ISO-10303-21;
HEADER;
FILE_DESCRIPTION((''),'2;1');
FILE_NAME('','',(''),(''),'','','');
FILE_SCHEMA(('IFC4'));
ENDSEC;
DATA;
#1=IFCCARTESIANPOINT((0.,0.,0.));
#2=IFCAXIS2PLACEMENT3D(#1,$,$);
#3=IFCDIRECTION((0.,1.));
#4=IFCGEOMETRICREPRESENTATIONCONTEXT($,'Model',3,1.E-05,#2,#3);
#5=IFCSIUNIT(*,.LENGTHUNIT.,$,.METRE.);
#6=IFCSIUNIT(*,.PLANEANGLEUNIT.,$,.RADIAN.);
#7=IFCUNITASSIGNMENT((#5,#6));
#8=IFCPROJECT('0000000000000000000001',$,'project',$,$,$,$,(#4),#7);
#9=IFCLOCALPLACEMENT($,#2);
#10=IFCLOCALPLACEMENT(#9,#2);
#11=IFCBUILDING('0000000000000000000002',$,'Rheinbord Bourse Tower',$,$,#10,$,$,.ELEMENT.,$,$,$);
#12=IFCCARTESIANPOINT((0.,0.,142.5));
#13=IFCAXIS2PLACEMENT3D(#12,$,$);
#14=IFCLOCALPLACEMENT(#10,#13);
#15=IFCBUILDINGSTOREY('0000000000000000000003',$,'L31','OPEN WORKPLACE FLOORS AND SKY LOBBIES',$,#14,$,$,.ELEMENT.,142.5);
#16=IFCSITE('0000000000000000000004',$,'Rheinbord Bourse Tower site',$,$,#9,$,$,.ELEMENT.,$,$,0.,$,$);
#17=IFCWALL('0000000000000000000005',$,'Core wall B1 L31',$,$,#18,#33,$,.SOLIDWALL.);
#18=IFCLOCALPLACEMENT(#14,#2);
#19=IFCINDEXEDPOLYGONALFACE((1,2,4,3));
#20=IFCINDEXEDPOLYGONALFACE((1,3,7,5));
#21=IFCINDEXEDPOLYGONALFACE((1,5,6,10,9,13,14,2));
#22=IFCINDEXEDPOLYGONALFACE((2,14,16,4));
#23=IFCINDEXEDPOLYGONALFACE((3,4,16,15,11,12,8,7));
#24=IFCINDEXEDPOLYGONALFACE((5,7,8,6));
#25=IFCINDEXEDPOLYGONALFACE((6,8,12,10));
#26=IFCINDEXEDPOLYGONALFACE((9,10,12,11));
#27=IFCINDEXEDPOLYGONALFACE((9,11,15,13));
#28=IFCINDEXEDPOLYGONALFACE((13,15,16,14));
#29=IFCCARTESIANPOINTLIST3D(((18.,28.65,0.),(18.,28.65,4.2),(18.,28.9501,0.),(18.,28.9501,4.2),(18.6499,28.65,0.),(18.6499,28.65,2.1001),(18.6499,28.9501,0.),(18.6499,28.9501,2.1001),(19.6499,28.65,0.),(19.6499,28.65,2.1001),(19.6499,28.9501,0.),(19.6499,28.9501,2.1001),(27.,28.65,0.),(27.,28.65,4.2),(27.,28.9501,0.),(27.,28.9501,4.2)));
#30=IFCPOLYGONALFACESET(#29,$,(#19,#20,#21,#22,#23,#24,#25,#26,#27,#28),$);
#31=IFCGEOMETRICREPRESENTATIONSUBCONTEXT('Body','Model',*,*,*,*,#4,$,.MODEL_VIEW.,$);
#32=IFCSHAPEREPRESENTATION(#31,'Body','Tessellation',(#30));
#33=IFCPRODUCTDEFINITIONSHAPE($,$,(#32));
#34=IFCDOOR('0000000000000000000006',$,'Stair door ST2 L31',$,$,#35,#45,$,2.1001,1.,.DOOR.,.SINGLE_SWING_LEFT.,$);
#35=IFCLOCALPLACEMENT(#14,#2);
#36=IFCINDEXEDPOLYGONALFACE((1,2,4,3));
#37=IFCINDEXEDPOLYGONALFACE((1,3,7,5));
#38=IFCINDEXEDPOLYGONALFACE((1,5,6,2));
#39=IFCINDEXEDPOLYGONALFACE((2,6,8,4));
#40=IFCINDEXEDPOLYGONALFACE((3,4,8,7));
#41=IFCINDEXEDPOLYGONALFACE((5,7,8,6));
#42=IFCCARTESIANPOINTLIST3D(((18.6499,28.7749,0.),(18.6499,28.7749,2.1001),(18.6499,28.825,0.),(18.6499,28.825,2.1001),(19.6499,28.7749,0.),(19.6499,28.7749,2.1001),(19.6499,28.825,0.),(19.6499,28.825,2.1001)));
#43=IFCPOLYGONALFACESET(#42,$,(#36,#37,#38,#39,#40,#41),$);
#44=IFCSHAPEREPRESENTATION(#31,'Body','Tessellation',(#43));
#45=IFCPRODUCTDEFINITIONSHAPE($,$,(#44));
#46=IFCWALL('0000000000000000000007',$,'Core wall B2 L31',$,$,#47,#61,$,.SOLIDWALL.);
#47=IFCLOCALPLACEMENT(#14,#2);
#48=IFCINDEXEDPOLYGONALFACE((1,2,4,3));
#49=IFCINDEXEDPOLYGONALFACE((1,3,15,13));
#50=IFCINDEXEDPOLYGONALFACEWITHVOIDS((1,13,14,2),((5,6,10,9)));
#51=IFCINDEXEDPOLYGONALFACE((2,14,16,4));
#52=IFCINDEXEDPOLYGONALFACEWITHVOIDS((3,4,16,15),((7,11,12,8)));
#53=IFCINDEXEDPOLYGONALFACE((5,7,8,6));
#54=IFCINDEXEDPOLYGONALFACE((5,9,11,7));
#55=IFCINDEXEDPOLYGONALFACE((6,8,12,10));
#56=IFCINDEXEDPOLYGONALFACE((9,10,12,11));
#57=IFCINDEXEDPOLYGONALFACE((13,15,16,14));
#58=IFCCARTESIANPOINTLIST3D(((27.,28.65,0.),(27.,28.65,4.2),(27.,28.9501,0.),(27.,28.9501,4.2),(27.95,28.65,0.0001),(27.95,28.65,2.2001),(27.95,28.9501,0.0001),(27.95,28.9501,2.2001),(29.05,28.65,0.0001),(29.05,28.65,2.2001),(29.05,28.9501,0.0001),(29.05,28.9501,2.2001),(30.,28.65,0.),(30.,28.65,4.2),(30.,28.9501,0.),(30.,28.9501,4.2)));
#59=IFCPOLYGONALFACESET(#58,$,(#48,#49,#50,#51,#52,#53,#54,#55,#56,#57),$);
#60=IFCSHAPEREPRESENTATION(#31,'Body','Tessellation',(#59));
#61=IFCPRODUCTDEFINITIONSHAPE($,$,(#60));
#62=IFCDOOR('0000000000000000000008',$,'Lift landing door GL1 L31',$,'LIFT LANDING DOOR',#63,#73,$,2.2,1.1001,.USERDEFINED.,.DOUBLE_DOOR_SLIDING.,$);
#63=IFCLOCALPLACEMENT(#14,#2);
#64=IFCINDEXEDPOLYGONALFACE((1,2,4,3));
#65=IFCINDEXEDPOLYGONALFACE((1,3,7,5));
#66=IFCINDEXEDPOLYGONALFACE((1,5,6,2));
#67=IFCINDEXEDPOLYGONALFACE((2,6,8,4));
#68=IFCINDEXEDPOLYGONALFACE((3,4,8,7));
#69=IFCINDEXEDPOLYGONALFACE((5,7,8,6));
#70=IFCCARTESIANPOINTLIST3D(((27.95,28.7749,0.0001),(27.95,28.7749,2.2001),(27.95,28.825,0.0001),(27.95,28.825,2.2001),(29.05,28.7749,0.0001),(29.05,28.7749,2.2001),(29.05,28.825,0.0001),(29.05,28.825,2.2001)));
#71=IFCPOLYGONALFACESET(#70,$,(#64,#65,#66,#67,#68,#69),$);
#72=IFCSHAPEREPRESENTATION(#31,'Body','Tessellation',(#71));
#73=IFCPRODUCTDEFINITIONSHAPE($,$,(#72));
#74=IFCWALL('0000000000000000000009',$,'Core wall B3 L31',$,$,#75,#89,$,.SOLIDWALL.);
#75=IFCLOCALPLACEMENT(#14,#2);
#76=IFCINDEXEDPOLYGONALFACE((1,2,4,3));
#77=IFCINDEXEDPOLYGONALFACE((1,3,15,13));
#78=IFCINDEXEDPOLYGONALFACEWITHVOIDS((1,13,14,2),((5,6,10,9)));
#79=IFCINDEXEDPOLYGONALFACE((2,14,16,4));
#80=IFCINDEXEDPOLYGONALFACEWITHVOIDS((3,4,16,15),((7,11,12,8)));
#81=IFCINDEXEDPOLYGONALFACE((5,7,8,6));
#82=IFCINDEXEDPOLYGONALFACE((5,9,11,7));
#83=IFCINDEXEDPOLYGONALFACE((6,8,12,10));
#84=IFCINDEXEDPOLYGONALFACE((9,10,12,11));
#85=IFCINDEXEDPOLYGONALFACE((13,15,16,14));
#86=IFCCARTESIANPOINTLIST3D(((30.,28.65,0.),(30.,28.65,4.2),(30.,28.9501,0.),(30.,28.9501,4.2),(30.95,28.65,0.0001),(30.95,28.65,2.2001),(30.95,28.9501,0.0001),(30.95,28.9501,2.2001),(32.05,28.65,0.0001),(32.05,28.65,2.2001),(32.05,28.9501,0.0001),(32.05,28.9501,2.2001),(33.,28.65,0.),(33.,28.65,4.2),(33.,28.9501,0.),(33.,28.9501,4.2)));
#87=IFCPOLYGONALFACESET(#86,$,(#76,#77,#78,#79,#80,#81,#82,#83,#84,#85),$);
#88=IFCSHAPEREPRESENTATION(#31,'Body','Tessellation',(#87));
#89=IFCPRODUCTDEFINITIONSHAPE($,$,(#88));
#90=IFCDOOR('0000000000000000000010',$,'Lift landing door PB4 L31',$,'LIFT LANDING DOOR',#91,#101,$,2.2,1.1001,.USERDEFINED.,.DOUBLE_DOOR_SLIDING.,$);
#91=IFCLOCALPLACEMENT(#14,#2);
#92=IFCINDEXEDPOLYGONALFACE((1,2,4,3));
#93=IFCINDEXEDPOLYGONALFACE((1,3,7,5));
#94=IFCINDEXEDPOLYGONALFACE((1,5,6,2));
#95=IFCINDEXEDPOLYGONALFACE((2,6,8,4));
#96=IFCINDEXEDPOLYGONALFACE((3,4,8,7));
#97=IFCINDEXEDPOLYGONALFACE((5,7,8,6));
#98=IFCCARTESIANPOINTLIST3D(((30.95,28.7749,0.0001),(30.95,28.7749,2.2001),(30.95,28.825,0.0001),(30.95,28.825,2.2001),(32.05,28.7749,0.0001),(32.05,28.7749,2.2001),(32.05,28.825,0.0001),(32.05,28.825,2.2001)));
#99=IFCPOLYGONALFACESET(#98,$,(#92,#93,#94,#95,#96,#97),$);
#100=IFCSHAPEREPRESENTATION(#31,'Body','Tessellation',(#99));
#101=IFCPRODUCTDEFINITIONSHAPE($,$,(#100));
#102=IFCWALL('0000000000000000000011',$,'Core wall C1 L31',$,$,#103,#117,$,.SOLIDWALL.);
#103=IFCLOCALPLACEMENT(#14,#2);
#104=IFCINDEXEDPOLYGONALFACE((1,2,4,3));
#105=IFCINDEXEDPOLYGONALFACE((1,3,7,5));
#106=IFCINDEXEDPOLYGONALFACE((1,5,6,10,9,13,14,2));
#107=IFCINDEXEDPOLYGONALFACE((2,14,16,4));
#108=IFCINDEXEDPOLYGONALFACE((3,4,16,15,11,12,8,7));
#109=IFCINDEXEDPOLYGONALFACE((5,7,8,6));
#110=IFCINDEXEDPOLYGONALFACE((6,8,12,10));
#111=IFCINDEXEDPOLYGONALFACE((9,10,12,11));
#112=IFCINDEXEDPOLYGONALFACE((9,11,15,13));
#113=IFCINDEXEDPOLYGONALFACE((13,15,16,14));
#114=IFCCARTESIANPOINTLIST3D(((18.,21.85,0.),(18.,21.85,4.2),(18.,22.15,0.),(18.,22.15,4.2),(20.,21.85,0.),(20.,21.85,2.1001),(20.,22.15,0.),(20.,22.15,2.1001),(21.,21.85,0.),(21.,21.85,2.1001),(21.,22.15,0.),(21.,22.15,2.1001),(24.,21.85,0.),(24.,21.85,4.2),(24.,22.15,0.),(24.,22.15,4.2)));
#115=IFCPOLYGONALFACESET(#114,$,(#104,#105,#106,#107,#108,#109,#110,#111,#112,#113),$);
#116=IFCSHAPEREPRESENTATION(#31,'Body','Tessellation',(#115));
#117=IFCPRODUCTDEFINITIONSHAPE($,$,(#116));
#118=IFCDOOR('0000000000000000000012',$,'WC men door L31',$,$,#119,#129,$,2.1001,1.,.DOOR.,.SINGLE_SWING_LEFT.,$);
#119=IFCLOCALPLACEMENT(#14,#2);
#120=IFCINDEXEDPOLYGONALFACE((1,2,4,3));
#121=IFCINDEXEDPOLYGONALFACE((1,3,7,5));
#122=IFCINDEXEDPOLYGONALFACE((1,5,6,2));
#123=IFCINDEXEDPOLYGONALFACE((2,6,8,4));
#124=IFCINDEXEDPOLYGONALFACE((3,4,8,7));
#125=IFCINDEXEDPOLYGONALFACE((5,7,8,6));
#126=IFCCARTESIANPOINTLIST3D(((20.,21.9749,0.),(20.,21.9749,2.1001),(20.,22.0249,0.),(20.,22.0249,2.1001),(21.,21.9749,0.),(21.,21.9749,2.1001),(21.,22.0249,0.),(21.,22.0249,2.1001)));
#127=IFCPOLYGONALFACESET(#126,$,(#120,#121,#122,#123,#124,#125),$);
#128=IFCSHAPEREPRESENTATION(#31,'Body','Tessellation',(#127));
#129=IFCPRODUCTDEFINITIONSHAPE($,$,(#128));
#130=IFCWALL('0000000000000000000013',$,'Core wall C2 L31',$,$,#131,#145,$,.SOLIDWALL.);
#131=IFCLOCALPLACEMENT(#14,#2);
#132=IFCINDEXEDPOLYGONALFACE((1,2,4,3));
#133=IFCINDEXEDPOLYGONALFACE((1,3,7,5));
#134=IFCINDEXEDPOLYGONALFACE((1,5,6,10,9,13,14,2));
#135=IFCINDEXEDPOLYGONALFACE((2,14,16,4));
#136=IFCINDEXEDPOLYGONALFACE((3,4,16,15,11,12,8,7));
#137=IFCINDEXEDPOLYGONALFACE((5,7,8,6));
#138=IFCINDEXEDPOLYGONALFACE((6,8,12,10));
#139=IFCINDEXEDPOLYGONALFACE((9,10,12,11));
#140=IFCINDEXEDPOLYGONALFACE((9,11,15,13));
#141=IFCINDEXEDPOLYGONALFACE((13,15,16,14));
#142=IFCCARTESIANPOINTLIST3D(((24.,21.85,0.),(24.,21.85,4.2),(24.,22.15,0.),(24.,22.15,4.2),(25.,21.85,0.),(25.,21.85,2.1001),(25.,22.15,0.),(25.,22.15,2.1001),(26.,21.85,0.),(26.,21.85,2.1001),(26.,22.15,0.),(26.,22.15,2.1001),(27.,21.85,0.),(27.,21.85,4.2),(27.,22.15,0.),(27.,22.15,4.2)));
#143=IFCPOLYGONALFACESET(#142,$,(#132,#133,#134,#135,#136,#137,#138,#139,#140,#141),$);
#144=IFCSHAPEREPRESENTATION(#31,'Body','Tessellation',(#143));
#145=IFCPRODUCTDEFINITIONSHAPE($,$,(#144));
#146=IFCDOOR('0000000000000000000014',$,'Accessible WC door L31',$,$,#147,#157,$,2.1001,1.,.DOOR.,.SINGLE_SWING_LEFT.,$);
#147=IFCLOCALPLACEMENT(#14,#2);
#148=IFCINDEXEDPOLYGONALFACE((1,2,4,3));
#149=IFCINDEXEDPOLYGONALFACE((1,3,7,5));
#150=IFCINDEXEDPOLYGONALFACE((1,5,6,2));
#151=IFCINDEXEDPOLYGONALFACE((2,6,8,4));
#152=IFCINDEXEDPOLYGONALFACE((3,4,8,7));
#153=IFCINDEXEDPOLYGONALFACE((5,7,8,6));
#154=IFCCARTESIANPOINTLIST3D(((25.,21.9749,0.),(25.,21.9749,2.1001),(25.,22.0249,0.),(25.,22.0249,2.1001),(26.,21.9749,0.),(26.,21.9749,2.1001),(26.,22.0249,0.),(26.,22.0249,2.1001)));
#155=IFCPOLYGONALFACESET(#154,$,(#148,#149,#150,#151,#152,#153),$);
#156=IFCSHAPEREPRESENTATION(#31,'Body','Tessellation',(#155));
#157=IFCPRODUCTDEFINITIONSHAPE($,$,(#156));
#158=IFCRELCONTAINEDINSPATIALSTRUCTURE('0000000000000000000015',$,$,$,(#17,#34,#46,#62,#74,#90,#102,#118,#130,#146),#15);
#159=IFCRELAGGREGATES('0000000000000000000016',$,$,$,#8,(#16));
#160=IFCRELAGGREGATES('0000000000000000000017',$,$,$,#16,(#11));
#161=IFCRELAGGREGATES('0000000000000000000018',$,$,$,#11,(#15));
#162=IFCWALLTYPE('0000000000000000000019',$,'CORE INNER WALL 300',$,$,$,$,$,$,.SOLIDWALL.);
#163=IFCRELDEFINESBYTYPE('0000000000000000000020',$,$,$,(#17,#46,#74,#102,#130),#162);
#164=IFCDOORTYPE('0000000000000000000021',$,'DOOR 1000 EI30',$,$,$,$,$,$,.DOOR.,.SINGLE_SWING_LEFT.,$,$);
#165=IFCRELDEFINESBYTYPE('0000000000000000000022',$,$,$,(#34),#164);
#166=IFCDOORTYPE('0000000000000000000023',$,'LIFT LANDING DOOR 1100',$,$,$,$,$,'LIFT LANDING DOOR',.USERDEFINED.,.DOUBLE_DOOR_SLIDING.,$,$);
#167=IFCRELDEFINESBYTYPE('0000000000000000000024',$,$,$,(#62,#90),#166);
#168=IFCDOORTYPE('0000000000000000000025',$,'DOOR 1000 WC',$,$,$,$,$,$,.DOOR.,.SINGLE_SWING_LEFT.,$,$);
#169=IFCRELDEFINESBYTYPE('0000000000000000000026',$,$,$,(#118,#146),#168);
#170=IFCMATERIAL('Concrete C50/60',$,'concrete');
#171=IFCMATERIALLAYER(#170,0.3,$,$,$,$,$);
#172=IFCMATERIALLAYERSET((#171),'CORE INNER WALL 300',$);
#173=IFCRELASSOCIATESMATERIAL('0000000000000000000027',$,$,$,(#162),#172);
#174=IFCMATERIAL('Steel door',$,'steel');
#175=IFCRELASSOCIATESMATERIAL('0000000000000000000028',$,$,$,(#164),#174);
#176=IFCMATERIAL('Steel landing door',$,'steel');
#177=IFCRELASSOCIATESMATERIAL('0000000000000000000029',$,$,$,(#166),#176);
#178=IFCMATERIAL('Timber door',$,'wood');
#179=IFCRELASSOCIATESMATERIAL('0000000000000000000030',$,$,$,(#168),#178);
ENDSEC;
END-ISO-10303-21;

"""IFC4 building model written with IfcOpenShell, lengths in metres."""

from ifc_helpers import new_model, si_unit, direction, frame, frame_2d, origin, place, context, subcontext, project, spatial, rectangle, extrude, material, layer, layer_set, type_object, element, fill, save


model = new_model("IFC4")

# Units and contexts
model_context = context("Model", 3, precision=1e-05, world=origin(), true_north=direction((0.0, 1.0)))
body_context = subcontext(model_context, "Body", "Model", "MODEL_VIEW")
ifc_project = project(units=[si_unit("LENGTHUNIT", "METRE"), si_unit("PLANEANGLEUNIT", "RADIAN")], contexts=[model_context])

# Site, building, storey
site_placement = place(None, origin())
site = spatial("IfcSite", under=ifc_project, at=site_placement, Name="Rheinbord Bourse Tower site", CompositionType="ELEMENT", RefElevation=0.0)
building_placement = place(site_placement, origin())
building = spatial("IfcBuilding", under=site, at=building_placement, Name="Rheinbord Bourse Tower", CompositionType="ELEMENT")
storey_placement = place(building_placement, frame((0.0, 0.0, 142.5)))
storey = spatial("IfcBuildingStorey", under=building, at=storey_placement, Name="L31", Description="OPEN WORKPLACE FLOORS AND SKY LOBBIES", CompositionType="ELEMENT", Elevation=142.5)

# Walls, openings, doors
ifc_material_1 = material(Name="Concrete C50/60", Category="concrete")
ifc_layer_1 = layer(ifc_material_1, 0.3)
ifc_layer_set_1 = layer_set([ifc_layer_1], Name="CORE INNER WALL 300")
wall_type_1 = type_object("IfcWallType", Name="CORE INNER WALL 300", PredefinedType="SOLIDWALL", material=ifc_layer_set_1)
wall_1_placement = place(storey_placement, frame((18.0, 28.8, 0.0), z_axis=(0.0, 0.0, 1.0), x_axis=(1.0, 0.0, 0.0)))
wall_1 = element("IfcWall", 1, at=wall_1_placement, inside=storey, type_object=wall_type_1, Name="Core wall B1 L31", PredefinedType="SOLIDWALL", context=body_context, shape_type="SweptSolid", body=[
    extrude(rectangle(XDim=9.0, YDim=0.3, at=frame_2d((4.5, 0.0))), origin(), (0.0, 0.0, 1.0), 4.2),
])
opening_1_placement = place(wall_1_placement, frame((0.6499, 0.0, 0.0)))
opening_1 = element("IfcOpeningElement", 2, at=opening_1_placement, cuts=wall_1, PredefinedType="OPENING", context=body_context, shape_type="SweptSolid", body=[
    extrude(rectangle(XDim=1.0, YDim=2.1001, at=frame_2d((0.5, 1.05))), frame((0.0, 0.1599, 0.0), z_axis=(0.0, -1.0, 0.0), x_axis=(1.0, 0.0, 0.0)), (0.0, 0.0, 1.0), 0.3201),
])
ifc_material_2 = material(Name="Steel door", Category="steel")
door_type_1 = type_object("IfcDoorType", Name="DOOR 1000 EI30", OperationType="SINGLE_SWING_LEFT", PredefinedType="DOOR", material=ifc_material_2)
door_1_placement = place(opening_1_placement, origin())
door_1 = element("IfcDoor", 3, at=door_1_placement, inside=storey, type_object=door_type_1, Name="Stair door ST2 L31", OperationType="SINGLE_SWING_LEFT", OverallHeight=2.1001, OverallWidth=1.0, PredefinedType="DOOR", context=body_context, shape_type="SweptSolid", body=[
    extrude(rectangle(XDim=1.0, YDim=2.1001, at=frame_2d((0.5, 1.05))), frame((0.0, 0.0249, 0.0), z_axis=(0.0, -1.0, 0.0), x_axis=(1.0, 0.0, 0.0)), (0.0, 0.0, 1.0), 0.05),
])
fill(opening_1, door_1)
wall_2_placement = place(storey_placement, frame((27.0, 28.8, 0.0), z_axis=(0.0, 0.0, 1.0), x_axis=(1.0, 0.0, 0.0)))
wall_2 = element("IfcWall", 4, at=wall_2_placement, inside=storey, type_object=wall_type_1, Name="Core wall B2 L31", PredefinedType="SOLIDWALL", context=body_context, shape_type="SweptSolid", body=[
    extrude(rectangle(XDim=3.0, YDim=0.3, at=frame_2d((1.5, 0.0))), origin(), (0.0, 0.0, 1.0), 4.2),
])
opening_2_placement = place(wall_2_placement, frame((0.95, 0.0, 0.0)))
opening_2 = element("IfcOpeningElement", 5, at=opening_2_placement, cuts=wall_2, PredefinedType="OPENING", context=body_context, shape_type="SweptSolid", body=[
    extrude(rectangle(XDim=1.1001, YDim=2.2, at=frame_2d((0.55, 1.1001))), frame((0.0, 0.1599, 0.0), z_axis=(0.0, -1.0, 0.0), x_axis=(1.0, 0.0, 0.0)), (0.0, 0.0, 1.0), 0.3201),
])
ifc_material_3 = material(Name="Steel landing door", Category="steel")
door_type_2 = type_object("IfcDoorType", Name="LIFT LANDING DOOR 1100", ElementType="LIFT LANDING DOOR", OperationType="DOUBLE_DOOR_SLIDING", PredefinedType="USERDEFINED", material=ifc_material_3)
door_2_placement = place(opening_2_placement, origin())
door_2 = element("IfcDoor", 6, at=door_2_placement, inside=storey, type_object=door_type_2, Name="Lift landing door GL1 L31", ObjectType="LIFT LANDING DOOR", OperationType="DOUBLE_DOOR_SLIDING", OverallHeight=2.2, OverallWidth=1.1001, PredefinedType="USERDEFINED", context=body_context, shape_type="SweptSolid", body=[
    extrude(rectangle(XDim=1.1001, YDim=2.2, at=frame_2d((0.55, 1.1001))), frame((0.0, 0.0249, 0.0), z_axis=(0.0, -1.0, 0.0), x_axis=(1.0, 0.0, 0.0)), (0.0, 0.0, 1.0), 0.05),
])
fill(opening_2, door_2)
wall_3_placement = place(storey_placement, frame((30.0, 28.8, 0.0), z_axis=(0.0, 0.0, 1.0), x_axis=(1.0, 0.0, 0.0)))
wall_3 = element("IfcWall", 7, at=wall_3_placement, inside=storey, type_object=wall_type_1, Name="Core wall B3 L31", PredefinedType="SOLIDWALL", context=body_context, shape_type="SweptSolid", body=[
    extrude(rectangle(XDim=3.0, YDim=0.3, at=frame_2d((1.5, 0.0))), origin(), (0.0, 0.0, 1.0), 4.2),
])
opening_3_placement = place(wall_3_placement, frame((0.95, 0.0, 0.0)))
opening_3 = element("IfcOpeningElement", 8, at=opening_3_placement, cuts=wall_3, PredefinedType="OPENING", context=body_context, shape_type="SweptSolid", body=[
    extrude(rectangle(XDim=1.1001, YDim=2.2, at=frame_2d((0.55, 1.1001))), frame((0.0, 0.1599, 0.0), z_axis=(0.0, -1.0, 0.0), x_axis=(1.0, 0.0, 0.0)), (0.0, 0.0, 1.0), 0.3201),
])
door_3_placement = place(opening_3_placement, origin())
door_3 = element("IfcDoor", 9, at=door_3_placement, inside=storey, type_object=door_type_2, Name="Lift landing door PB4 L31", ObjectType="LIFT LANDING DOOR", OperationType="DOUBLE_DOOR_SLIDING", OverallHeight=2.2, OverallWidth=1.1001, PredefinedType="USERDEFINED", context=body_context, shape_type="SweptSolid", body=[
    extrude(rectangle(XDim=1.1001, YDim=2.2, at=frame_2d((0.55, 1.1001))), frame((0.0, 0.0249, 0.0), z_axis=(0.0, -1.0, 0.0), x_axis=(1.0, 0.0, 0.0)), (0.0, 0.0, 1.0), 0.05),
])
fill(opening_3, door_3)
wall_4_placement = place(storey_placement, frame((18.0, 22.0, 0.0), z_axis=(0.0, 0.0, 1.0), x_axis=(1.0, 0.0, 0.0)))
wall_4 = element("IfcWall", 10, at=wall_4_placement, inside=storey, type_object=wall_type_1, Name="Core wall C1 L31", PredefinedType="SOLIDWALL", context=body_context, shape_type="SweptSolid", body=[
    extrude(rectangle(XDim=6.0, YDim=0.3, at=frame_2d((3.0, 0.0))), origin(), (0.0, 0.0, 1.0), 4.2),
])
opening_4_placement = place(wall_4_placement, frame((2.0, 0.0, 0.0)))
opening_4 = element("IfcOpeningElement", 11, at=opening_4_placement, cuts=wall_4, PredefinedType="OPENING", context=body_context, shape_type="SweptSolid", body=[
    extrude(rectangle(XDim=1.0, YDim=2.1001, at=frame_2d((0.5, 1.05))), frame((0.0, 0.1599, 0.0), z_axis=(0.0, -1.0, 0.0), x_axis=(1.0, 0.0, 0.0)), (0.0, 0.0, 1.0), 0.3201),
])
ifc_material_4 = material(Name="Timber door", Category="wood")
door_type_3 = type_object("IfcDoorType", Name="DOOR 1000 WC", OperationType="SINGLE_SWING_LEFT", PredefinedType="DOOR", material=ifc_material_4)
door_4_placement = place(opening_4_placement, origin())
door_4 = element("IfcDoor", 12, at=door_4_placement, inside=storey, type_object=door_type_3, Name="WC men door L31", OperationType="SINGLE_SWING_LEFT", OverallHeight=2.1001, OverallWidth=1.0, PredefinedType="DOOR", context=body_context, shape_type="SweptSolid", body=[
    extrude(rectangle(XDim=1.0, YDim=2.1001, at=frame_2d((0.5, 1.05))), frame((0.0, 0.0249, 0.0), z_axis=(0.0, -1.0, 0.0), x_axis=(1.0, 0.0, 0.0)), (0.0, 0.0, 1.0), 0.05),
])
fill(opening_4, door_4)
wall_5_placement = place(storey_placement, frame((24.0, 22.0, 0.0), z_axis=(0.0, 0.0, 1.0), x_axis=(1.0, 0.0, 0.0)))
wall_5 = element("IfcWall", 13, at=wall_5_placement, inside=storey, type_object=wall_type_1, Name="Core wall C2 L31", PredefinedType="SOLIDWALL", context=body_context, shape_type="SweptSolid", body=[
    extrude(rectangle(XDim=3.0, YDim=0.3, at=frame_2d((1.5, 0.0))), origin(), (0.0, 0.0, 1.0), 4.2),
])
opening_5_placement = place(wall_5_placement, frame((1.0, 0.0, 0.0)))
opening_5 = element("IfcOpeningElement", 14, at=opening_5_placement, cuts=wall_5, PredefinedType="OPENING", context=body_context, shape_type="SweptSolid", body=[
    extrude(rectangle(XDim=1.0, YDim=2.1001, at=frame_2d((0.5, 1.05))), frame((0.0, 0.1599, 0.0), z_axis=(0.0, -1.0, 0.0), x_axis=(1.0, 0.0, 0.0)), (0.0, 0.0, 1.0), 0.3201),
])
door_5_placement = place(opening_5_placement, origin())
door_5 = element("IfcDoor", 15, at=door_5_placement, inside=storey, type_object=door_type_3, Name="Accessible WC door L31", OperationType="SINGLE_SWING_LEFT", OverallHeight=2.1001, OverallWidth=1.0, PredefinedType="DOOR", context=body_context, shape_type="SweptSolid", body=[
    extrude(rectangle(XDim=1.0, YDim=2.1001, at=frame_2d((0.5, 1.05))), frame((0.0, 0.0249, 0.0), z_axis=(0.0, -1.0, 0.0), x_axis=(1.0, 0.0, 0.0)), (0.0, 0.0, 1.0), 0.05),
])
fill(opening_5, door_5)

save(model, "model.ifc")
